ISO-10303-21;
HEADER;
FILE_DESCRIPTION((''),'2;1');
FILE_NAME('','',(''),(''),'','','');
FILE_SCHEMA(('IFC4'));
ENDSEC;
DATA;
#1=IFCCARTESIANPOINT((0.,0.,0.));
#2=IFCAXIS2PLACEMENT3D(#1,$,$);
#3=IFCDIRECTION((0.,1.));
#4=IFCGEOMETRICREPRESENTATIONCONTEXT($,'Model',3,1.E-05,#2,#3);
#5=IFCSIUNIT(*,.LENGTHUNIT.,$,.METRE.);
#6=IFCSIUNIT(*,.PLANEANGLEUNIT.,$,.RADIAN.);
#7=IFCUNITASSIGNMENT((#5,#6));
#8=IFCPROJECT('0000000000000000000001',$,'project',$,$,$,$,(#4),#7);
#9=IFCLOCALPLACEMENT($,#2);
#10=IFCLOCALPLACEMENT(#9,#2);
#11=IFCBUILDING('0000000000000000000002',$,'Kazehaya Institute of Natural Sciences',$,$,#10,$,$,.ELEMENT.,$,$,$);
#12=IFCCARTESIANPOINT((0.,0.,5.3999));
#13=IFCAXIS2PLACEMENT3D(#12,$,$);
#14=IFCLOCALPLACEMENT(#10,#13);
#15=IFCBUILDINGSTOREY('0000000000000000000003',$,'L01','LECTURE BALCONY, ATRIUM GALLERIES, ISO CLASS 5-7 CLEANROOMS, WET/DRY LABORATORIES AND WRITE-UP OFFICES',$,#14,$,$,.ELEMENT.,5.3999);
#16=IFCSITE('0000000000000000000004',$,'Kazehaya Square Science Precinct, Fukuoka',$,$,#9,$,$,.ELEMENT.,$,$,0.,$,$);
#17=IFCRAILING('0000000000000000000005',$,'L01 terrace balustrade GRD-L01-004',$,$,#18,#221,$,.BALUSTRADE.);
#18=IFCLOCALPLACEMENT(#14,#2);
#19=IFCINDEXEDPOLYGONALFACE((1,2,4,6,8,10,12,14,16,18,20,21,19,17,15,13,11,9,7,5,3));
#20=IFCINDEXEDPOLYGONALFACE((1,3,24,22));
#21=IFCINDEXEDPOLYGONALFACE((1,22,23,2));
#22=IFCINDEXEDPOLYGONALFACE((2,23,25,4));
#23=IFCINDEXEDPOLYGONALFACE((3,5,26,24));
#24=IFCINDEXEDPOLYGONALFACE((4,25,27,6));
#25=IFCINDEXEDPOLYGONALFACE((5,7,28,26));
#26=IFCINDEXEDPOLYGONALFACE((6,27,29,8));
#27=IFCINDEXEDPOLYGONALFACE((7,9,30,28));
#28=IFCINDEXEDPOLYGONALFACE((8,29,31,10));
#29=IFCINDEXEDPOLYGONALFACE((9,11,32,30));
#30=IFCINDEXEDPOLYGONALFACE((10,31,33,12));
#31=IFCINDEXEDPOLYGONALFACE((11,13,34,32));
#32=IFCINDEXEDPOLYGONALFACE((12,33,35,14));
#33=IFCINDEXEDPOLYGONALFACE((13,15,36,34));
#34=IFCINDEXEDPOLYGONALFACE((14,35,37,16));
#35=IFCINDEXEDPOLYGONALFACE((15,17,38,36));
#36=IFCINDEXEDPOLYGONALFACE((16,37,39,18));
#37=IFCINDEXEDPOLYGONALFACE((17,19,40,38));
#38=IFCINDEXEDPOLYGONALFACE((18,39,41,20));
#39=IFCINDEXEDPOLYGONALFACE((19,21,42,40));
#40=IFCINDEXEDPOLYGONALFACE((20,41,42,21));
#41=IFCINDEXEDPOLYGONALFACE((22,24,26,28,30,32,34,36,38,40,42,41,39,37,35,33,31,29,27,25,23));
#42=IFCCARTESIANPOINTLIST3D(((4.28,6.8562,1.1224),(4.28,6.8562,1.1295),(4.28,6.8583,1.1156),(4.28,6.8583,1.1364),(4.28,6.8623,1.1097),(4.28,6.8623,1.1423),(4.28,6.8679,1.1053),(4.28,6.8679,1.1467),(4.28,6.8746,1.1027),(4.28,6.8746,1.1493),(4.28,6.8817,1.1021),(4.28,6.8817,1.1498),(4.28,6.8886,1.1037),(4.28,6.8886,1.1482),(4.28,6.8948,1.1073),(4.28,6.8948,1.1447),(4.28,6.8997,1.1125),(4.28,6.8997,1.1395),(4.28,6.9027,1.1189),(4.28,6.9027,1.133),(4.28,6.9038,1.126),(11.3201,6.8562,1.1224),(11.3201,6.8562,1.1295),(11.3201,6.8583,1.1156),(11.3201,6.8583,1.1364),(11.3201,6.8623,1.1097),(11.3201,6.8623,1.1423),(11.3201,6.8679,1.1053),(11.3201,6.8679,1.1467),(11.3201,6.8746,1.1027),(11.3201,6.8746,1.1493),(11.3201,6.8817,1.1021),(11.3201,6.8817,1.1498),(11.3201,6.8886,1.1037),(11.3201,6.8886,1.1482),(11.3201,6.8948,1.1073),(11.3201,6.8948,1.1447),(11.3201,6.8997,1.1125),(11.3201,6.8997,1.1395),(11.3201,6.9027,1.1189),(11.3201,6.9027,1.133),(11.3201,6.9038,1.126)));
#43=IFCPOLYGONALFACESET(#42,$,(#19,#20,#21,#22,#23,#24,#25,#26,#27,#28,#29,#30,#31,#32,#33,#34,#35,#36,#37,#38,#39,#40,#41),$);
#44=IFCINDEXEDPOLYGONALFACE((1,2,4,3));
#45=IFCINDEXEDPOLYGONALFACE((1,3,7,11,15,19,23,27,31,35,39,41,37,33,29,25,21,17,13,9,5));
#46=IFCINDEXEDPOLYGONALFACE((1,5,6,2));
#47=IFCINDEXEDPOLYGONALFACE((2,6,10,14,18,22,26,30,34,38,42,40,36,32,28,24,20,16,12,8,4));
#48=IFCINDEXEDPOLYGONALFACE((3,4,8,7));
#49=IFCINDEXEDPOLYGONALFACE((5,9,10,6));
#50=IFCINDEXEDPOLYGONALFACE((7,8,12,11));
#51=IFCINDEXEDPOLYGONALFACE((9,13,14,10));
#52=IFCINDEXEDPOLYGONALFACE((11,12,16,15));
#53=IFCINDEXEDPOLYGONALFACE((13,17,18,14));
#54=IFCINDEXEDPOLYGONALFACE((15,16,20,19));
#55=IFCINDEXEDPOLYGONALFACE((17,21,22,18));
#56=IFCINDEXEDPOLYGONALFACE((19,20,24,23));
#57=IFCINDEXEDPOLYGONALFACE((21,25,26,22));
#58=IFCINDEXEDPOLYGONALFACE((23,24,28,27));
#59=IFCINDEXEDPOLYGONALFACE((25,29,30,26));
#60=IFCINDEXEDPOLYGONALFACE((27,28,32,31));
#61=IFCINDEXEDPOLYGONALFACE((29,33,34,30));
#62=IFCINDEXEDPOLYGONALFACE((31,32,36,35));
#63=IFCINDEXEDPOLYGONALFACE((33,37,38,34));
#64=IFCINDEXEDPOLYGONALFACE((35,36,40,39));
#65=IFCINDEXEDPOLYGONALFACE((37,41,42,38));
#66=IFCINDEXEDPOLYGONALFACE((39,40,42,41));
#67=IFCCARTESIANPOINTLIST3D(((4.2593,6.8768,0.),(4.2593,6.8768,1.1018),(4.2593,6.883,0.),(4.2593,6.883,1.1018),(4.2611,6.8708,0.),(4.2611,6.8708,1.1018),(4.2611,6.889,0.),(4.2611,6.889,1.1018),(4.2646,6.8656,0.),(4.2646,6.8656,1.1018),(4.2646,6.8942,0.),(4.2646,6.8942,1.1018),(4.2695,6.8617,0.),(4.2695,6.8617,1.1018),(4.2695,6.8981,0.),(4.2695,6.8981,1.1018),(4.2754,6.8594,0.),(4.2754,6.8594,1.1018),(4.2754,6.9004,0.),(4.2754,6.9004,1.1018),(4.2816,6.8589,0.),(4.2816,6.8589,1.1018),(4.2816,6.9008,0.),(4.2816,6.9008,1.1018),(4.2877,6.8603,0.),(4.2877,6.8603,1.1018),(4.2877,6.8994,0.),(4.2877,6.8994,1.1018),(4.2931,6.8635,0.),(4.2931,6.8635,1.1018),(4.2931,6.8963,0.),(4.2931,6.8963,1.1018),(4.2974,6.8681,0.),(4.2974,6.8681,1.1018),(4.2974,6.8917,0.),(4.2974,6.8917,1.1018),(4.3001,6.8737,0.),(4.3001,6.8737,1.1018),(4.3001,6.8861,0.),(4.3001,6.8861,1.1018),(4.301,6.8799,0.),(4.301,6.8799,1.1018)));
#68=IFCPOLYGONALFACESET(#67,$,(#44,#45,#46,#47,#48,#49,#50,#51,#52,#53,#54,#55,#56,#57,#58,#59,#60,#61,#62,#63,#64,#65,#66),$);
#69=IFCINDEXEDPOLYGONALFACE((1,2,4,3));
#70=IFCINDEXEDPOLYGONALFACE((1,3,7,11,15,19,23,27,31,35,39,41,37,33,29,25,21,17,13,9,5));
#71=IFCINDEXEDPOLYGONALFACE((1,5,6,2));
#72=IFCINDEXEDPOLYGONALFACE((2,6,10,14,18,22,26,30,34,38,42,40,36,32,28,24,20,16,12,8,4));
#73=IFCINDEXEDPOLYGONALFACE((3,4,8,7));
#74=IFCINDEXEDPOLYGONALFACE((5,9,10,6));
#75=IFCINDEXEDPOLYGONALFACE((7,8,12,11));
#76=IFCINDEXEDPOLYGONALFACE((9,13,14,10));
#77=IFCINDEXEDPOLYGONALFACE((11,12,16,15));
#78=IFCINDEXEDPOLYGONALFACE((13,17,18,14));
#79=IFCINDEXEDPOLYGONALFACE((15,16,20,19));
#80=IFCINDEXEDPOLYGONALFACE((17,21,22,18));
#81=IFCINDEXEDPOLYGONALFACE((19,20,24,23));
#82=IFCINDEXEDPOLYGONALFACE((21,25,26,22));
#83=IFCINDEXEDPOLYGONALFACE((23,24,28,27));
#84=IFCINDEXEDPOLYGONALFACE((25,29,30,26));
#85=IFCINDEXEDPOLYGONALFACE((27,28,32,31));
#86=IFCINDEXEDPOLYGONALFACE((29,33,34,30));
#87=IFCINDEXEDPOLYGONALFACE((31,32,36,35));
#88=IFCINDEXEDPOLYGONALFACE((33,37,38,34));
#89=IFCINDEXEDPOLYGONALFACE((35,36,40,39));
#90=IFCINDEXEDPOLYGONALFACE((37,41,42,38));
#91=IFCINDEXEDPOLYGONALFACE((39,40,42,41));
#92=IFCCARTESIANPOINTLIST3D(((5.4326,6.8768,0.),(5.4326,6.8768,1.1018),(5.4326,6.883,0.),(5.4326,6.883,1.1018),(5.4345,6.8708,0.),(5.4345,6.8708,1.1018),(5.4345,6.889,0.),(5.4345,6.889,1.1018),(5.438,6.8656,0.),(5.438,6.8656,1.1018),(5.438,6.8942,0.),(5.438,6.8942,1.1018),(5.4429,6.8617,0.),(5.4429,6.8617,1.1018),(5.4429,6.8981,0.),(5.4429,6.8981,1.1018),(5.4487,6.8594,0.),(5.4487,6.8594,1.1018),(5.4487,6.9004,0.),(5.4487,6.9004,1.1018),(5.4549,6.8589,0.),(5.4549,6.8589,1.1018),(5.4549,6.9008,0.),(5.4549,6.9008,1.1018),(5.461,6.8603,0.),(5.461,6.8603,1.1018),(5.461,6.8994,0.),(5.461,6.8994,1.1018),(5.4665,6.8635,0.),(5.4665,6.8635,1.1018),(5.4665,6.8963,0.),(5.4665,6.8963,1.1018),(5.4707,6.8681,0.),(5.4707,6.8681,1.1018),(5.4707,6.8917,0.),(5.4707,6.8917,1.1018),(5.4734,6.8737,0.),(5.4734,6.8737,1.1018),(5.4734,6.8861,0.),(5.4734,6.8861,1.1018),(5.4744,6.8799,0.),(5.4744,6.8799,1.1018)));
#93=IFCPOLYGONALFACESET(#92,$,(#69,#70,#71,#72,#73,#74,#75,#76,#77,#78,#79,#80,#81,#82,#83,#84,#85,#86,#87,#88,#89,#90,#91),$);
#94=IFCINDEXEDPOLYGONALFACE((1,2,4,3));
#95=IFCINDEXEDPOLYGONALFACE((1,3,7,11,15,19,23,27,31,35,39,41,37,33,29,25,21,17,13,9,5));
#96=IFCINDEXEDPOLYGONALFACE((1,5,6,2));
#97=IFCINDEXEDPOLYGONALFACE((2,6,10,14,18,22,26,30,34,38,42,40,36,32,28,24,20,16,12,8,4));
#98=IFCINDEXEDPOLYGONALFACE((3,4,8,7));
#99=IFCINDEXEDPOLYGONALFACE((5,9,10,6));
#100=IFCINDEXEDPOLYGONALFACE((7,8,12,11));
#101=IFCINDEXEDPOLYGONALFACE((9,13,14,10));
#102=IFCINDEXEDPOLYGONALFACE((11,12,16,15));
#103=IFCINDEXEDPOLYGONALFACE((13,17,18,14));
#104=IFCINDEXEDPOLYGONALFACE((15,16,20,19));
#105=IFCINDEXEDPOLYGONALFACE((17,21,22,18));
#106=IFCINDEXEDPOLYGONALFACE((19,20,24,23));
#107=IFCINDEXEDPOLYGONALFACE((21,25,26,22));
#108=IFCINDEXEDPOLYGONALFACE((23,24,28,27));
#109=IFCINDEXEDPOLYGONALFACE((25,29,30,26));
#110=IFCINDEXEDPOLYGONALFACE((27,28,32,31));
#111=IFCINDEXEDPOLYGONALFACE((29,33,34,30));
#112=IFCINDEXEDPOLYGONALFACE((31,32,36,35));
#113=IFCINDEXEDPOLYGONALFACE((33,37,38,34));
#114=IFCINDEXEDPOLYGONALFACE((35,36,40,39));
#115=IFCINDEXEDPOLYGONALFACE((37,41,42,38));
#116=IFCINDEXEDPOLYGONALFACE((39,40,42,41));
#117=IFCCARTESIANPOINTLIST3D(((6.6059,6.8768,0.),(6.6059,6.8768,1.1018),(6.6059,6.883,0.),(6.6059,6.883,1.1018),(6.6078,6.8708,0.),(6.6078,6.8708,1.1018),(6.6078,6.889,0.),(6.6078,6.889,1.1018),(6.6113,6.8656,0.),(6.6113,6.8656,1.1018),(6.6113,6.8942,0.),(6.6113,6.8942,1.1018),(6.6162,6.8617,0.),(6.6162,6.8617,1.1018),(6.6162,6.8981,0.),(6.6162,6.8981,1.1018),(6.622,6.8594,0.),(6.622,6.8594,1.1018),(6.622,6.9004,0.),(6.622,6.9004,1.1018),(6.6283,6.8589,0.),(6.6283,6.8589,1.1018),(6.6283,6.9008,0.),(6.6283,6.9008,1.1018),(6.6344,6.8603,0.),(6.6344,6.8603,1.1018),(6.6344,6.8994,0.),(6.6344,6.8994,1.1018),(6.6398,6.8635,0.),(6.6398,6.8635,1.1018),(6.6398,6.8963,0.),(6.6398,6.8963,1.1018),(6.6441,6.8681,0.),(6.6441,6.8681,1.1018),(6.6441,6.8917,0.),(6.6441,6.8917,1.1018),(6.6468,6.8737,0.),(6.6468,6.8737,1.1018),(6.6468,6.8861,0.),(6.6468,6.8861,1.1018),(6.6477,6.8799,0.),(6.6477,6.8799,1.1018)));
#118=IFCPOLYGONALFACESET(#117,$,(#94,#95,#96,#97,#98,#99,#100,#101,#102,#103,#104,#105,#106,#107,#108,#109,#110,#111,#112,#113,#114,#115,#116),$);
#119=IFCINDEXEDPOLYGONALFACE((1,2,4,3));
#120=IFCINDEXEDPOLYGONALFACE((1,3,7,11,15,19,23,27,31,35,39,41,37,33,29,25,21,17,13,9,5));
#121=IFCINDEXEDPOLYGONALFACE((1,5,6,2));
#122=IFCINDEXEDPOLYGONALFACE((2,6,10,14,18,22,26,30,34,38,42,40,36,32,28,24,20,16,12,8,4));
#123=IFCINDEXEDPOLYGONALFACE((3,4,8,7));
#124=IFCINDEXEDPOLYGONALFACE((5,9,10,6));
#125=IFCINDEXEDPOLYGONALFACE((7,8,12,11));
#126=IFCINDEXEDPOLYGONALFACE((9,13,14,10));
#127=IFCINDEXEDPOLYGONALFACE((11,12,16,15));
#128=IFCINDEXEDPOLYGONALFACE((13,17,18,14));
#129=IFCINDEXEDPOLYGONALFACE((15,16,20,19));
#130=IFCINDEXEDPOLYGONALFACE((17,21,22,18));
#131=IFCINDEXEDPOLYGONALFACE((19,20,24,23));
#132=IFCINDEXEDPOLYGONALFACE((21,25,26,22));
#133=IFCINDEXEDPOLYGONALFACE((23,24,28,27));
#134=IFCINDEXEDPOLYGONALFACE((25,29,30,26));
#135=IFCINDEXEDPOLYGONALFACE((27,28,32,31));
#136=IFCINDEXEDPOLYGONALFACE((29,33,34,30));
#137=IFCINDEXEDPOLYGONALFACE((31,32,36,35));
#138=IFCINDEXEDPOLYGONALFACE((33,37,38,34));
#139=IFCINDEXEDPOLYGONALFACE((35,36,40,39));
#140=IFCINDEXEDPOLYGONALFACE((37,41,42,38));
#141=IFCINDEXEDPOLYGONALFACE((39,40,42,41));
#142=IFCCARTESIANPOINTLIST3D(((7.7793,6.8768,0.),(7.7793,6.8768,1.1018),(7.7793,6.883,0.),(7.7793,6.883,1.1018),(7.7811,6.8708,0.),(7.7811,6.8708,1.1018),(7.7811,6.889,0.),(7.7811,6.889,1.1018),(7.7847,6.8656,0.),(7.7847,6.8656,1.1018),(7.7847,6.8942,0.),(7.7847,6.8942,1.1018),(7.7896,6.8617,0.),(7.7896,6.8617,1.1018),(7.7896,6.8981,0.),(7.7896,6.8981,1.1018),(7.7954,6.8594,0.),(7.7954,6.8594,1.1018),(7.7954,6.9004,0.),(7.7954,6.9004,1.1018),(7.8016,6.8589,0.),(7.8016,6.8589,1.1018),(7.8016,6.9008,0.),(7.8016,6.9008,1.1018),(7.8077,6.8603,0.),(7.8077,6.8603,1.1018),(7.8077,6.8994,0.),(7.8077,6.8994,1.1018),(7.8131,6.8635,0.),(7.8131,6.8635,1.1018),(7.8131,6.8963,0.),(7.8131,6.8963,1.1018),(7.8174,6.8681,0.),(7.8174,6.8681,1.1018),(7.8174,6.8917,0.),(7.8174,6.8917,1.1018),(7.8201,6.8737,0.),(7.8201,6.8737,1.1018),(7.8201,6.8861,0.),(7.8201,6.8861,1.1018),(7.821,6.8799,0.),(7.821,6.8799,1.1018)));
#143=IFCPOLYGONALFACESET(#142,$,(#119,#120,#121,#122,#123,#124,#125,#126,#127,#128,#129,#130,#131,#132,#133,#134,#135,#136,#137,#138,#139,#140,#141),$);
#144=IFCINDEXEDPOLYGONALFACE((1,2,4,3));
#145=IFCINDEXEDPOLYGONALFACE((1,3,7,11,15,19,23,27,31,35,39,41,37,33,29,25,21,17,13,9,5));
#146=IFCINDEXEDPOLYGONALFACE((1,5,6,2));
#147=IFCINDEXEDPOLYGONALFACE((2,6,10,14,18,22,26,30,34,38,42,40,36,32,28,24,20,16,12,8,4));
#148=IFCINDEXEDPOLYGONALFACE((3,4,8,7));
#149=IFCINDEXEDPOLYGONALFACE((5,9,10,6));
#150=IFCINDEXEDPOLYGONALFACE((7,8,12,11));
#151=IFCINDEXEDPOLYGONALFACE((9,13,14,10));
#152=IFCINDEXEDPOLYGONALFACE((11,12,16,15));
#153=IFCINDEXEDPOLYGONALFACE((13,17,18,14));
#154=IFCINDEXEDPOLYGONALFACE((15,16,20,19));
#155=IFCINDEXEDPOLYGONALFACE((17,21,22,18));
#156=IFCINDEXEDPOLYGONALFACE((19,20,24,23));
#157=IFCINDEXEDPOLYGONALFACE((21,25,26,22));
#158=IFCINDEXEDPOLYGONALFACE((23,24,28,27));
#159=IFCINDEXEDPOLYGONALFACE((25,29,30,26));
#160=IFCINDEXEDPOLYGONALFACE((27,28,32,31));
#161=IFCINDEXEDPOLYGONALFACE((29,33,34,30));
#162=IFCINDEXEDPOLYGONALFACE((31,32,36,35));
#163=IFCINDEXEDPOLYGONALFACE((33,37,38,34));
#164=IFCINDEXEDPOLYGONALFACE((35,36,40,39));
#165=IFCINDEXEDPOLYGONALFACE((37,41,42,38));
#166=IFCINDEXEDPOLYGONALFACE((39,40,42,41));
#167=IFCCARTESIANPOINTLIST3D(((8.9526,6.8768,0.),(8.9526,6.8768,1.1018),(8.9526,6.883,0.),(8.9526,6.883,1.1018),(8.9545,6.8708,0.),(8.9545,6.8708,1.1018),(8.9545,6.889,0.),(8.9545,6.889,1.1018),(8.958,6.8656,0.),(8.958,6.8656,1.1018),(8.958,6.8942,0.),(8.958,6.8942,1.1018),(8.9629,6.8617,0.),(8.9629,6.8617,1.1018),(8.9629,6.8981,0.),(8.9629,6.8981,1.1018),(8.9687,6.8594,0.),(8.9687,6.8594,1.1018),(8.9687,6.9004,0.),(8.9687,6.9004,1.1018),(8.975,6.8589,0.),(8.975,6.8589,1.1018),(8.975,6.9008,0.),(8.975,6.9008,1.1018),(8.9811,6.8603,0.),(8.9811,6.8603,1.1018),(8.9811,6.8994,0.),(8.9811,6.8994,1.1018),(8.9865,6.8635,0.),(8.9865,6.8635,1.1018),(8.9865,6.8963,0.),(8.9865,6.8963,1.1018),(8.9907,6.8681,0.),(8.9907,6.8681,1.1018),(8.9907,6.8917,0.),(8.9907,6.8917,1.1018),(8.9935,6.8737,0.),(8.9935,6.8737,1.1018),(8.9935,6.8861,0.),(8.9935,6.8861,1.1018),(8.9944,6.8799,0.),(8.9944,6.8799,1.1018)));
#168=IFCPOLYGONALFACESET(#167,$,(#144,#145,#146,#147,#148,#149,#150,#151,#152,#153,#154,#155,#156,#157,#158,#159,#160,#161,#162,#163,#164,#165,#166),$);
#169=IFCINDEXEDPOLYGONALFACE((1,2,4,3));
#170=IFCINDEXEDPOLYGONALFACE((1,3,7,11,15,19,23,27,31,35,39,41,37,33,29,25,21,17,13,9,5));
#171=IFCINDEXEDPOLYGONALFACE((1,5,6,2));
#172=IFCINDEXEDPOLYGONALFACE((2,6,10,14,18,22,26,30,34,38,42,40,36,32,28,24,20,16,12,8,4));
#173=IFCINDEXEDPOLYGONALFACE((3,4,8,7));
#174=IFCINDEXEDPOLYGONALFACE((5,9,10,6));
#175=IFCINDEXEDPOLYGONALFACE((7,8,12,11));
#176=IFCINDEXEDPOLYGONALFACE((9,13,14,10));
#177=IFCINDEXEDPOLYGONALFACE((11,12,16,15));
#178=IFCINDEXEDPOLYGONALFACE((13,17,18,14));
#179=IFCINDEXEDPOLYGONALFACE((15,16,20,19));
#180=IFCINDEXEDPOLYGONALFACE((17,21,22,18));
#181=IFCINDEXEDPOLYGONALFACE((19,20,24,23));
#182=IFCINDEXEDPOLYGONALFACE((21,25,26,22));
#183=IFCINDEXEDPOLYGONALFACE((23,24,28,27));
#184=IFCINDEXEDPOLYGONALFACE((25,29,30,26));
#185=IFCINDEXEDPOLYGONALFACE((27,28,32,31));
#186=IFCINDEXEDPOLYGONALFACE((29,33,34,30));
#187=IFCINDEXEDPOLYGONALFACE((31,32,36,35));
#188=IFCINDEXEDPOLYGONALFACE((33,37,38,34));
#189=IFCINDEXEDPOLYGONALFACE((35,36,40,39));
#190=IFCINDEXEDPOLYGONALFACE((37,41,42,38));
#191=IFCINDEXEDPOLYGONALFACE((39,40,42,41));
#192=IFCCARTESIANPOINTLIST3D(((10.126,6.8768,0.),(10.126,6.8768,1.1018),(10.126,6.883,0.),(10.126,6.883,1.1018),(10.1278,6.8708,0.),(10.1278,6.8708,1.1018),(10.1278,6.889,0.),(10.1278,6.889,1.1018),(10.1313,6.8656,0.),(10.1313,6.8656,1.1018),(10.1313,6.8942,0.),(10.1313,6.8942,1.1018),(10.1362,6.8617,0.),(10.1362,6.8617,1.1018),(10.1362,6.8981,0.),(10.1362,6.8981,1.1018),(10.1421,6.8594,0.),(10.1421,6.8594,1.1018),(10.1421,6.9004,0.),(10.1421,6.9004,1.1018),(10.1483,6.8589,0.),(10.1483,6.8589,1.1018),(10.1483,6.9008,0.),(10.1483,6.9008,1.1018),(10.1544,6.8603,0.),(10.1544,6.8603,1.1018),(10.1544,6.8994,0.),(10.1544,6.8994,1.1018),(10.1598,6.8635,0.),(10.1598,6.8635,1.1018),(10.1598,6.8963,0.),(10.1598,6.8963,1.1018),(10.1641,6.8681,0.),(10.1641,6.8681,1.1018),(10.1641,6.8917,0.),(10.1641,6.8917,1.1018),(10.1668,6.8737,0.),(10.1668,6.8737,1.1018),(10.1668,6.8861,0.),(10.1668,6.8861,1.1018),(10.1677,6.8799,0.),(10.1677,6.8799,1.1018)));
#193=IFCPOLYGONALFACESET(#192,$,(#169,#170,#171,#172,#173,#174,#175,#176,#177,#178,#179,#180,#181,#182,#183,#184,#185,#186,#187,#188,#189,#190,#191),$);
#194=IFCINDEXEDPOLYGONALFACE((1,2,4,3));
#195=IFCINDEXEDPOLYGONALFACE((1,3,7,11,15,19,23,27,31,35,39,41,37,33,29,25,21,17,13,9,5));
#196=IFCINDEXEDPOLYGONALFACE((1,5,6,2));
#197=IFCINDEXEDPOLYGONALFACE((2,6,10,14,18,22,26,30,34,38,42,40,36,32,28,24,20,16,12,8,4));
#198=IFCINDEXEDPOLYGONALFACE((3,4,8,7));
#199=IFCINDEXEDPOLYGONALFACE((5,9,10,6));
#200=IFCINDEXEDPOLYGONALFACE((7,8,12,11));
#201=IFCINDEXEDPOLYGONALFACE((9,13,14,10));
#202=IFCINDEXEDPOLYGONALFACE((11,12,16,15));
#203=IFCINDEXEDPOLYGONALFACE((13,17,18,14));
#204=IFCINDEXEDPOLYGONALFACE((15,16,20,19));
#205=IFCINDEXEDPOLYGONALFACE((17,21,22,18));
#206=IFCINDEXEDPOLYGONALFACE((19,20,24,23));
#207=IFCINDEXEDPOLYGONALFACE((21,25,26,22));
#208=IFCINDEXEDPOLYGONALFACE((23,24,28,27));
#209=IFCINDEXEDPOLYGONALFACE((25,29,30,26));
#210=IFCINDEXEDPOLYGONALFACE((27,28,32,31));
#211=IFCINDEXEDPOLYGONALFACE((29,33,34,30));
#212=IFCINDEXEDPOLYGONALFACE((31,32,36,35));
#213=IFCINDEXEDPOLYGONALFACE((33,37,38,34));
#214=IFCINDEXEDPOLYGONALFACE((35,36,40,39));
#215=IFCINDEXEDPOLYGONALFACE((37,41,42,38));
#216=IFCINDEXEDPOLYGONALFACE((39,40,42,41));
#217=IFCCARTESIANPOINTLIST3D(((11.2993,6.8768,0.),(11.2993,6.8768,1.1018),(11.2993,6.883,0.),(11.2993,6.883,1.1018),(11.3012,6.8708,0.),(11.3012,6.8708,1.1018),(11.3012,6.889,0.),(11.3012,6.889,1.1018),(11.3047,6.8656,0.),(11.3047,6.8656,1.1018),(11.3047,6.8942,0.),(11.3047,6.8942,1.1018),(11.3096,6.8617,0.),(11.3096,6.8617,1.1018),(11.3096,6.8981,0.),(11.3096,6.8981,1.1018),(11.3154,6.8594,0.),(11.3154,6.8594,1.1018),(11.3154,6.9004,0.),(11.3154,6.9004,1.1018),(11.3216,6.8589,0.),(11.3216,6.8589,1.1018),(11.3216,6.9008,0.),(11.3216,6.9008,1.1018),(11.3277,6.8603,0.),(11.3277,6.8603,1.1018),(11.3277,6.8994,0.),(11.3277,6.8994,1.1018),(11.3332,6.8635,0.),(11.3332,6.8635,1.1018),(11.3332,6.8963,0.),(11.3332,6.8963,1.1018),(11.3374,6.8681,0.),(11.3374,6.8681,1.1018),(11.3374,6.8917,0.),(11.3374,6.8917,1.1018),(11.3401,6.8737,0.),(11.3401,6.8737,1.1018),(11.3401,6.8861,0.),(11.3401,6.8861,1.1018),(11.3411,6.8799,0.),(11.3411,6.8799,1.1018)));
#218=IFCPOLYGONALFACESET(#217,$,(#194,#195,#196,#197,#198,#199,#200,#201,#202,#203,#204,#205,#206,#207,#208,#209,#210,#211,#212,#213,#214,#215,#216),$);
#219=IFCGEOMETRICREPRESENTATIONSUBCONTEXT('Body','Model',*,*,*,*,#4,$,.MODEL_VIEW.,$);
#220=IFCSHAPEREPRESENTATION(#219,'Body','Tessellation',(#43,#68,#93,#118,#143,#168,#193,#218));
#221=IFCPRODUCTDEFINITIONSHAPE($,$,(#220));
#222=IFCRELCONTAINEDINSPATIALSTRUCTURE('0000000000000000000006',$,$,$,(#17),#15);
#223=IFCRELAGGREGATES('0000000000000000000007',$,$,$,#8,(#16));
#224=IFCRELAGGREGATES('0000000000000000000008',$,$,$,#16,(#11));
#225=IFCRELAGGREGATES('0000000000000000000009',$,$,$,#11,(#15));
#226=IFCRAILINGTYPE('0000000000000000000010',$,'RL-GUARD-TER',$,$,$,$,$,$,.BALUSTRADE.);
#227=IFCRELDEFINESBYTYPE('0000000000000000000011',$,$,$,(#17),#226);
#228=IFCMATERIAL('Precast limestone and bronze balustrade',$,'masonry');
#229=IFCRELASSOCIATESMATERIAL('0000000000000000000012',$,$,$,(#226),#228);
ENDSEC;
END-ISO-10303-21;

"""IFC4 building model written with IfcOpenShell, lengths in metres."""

from ifc_helpers import new_model, si_unit, direction, frame, origin, origin_2d, place, context, subcontext, project, spatial, circle, extrude, material, type_object, element, save


model = new_model("IFC4")

# Units and contexts
model_context = context("Model", 3, precision=1e-05, world=origin(), true_north=direction((0.0, 1.0)))
body_context = subcontext(model_context, "Body", "Model", "MODEL_VIEW")
ifc_project = project(units=[si_unit("LENGTHUNIT", "METRE"), si_unit("PLANEANGLEUNIT", "RADIAN")], contexts=[model_context])

# Site, building, storey
site_placement = place(None, origin())
site = spatial("IfcSite", under=ifc_project, at=site_placement, Name="Kazehaya Square Science Precinct, Fukuoka", CompositionType="ELEMENT", RefElevation=0.0)
building_placement = place(site_placement, origin())
building = spatial("IfcBuilding", under=site, at=building_placement, Name="Kazehaya Institute of Natural Sciences", CompositionType="ELEMENT")
storey_placement = place(building_placement, frame((0.0, 0.0, 5.3999)))
storey = spatial("IfcBuildingStorey", under=building, at=storey_placement, Name="L01", Description="LECTURE BALCONY, ATRIUM GALLERIES, ISO CLASS 5-7 CLEANROOMS, WET/DRY LABORATORIES AND WRITE-UP OFFICES", CompositionType="ELEMENT", Elevation=5.3999)

# Railing
ifc_material_1 = material(Name="Precast limestone and bronze balustrade", Category="masonry")
railing_type = type_object("IfcRailingType", Name="RL-GUARD-TER", PredefinedType="BALUSTRADE", material=ifc_material_1)
railing_placement = place(storey_placement, frame((4.28, 6.8799, 0.0)))
element("IfcRailing", 1, at=railing_placement, inside=storey, type_object=railing_type, Name="L01 terrace balustrade GRD-L01-004", PredefinedType="BALUSTRADE", context=body_context, shape_type="SweptSolid", body=[
    extrude(circle(Radius=0.0239, at=origin_2d()), frame((0.0, 0.0, 1.126), z_axis=(1.0, 0.0, 0.0), x_axis=(0.0, 1.0, 0.0)), (0.0, 0.0, 1.0), 7.04),
    extrude(circle(Radius=0.021, at=origin_2d()), origin(), (0.0, 0.0, 1.0), 1.1018),
    extrude(circle(Radius=0.021, at=origin_2d()), frame((1.1733, 0.0, 0.0)), (0.0, 0.0, 1.0), 1.1018),
    extrude(circle(Radius=0.021, at=origin_2d()), frame((2.3467, 0.0, 0.0)), (0.0, 0.0, 1.0), 1.1018),
    extrude(circle(Radius=0.021, at=origin_2d()), frame((3.52, 0.0, 0.0)), (0.0, 0.0, 1.0), 1.1018),
    extrude(circle(Radius=0.021, at=origin_2d()), frame((4.6934, 0.0, 0.0)), (0.0, 0.0, 1.0), 1.1018),
    extrude(circle(Radius=0.021, at=origin_2d()), frame((5.8667, 0.0, 0.0)), (0.0, 0.0, 1.0), 1.1018),
    extrude(circle(Radius=0.021, at=origin_2d()), frame((7.04, 0.0, 0.0)), (0.0, 0.0, 1.0), 1.1018),
])

save(model, "model.ifc")
